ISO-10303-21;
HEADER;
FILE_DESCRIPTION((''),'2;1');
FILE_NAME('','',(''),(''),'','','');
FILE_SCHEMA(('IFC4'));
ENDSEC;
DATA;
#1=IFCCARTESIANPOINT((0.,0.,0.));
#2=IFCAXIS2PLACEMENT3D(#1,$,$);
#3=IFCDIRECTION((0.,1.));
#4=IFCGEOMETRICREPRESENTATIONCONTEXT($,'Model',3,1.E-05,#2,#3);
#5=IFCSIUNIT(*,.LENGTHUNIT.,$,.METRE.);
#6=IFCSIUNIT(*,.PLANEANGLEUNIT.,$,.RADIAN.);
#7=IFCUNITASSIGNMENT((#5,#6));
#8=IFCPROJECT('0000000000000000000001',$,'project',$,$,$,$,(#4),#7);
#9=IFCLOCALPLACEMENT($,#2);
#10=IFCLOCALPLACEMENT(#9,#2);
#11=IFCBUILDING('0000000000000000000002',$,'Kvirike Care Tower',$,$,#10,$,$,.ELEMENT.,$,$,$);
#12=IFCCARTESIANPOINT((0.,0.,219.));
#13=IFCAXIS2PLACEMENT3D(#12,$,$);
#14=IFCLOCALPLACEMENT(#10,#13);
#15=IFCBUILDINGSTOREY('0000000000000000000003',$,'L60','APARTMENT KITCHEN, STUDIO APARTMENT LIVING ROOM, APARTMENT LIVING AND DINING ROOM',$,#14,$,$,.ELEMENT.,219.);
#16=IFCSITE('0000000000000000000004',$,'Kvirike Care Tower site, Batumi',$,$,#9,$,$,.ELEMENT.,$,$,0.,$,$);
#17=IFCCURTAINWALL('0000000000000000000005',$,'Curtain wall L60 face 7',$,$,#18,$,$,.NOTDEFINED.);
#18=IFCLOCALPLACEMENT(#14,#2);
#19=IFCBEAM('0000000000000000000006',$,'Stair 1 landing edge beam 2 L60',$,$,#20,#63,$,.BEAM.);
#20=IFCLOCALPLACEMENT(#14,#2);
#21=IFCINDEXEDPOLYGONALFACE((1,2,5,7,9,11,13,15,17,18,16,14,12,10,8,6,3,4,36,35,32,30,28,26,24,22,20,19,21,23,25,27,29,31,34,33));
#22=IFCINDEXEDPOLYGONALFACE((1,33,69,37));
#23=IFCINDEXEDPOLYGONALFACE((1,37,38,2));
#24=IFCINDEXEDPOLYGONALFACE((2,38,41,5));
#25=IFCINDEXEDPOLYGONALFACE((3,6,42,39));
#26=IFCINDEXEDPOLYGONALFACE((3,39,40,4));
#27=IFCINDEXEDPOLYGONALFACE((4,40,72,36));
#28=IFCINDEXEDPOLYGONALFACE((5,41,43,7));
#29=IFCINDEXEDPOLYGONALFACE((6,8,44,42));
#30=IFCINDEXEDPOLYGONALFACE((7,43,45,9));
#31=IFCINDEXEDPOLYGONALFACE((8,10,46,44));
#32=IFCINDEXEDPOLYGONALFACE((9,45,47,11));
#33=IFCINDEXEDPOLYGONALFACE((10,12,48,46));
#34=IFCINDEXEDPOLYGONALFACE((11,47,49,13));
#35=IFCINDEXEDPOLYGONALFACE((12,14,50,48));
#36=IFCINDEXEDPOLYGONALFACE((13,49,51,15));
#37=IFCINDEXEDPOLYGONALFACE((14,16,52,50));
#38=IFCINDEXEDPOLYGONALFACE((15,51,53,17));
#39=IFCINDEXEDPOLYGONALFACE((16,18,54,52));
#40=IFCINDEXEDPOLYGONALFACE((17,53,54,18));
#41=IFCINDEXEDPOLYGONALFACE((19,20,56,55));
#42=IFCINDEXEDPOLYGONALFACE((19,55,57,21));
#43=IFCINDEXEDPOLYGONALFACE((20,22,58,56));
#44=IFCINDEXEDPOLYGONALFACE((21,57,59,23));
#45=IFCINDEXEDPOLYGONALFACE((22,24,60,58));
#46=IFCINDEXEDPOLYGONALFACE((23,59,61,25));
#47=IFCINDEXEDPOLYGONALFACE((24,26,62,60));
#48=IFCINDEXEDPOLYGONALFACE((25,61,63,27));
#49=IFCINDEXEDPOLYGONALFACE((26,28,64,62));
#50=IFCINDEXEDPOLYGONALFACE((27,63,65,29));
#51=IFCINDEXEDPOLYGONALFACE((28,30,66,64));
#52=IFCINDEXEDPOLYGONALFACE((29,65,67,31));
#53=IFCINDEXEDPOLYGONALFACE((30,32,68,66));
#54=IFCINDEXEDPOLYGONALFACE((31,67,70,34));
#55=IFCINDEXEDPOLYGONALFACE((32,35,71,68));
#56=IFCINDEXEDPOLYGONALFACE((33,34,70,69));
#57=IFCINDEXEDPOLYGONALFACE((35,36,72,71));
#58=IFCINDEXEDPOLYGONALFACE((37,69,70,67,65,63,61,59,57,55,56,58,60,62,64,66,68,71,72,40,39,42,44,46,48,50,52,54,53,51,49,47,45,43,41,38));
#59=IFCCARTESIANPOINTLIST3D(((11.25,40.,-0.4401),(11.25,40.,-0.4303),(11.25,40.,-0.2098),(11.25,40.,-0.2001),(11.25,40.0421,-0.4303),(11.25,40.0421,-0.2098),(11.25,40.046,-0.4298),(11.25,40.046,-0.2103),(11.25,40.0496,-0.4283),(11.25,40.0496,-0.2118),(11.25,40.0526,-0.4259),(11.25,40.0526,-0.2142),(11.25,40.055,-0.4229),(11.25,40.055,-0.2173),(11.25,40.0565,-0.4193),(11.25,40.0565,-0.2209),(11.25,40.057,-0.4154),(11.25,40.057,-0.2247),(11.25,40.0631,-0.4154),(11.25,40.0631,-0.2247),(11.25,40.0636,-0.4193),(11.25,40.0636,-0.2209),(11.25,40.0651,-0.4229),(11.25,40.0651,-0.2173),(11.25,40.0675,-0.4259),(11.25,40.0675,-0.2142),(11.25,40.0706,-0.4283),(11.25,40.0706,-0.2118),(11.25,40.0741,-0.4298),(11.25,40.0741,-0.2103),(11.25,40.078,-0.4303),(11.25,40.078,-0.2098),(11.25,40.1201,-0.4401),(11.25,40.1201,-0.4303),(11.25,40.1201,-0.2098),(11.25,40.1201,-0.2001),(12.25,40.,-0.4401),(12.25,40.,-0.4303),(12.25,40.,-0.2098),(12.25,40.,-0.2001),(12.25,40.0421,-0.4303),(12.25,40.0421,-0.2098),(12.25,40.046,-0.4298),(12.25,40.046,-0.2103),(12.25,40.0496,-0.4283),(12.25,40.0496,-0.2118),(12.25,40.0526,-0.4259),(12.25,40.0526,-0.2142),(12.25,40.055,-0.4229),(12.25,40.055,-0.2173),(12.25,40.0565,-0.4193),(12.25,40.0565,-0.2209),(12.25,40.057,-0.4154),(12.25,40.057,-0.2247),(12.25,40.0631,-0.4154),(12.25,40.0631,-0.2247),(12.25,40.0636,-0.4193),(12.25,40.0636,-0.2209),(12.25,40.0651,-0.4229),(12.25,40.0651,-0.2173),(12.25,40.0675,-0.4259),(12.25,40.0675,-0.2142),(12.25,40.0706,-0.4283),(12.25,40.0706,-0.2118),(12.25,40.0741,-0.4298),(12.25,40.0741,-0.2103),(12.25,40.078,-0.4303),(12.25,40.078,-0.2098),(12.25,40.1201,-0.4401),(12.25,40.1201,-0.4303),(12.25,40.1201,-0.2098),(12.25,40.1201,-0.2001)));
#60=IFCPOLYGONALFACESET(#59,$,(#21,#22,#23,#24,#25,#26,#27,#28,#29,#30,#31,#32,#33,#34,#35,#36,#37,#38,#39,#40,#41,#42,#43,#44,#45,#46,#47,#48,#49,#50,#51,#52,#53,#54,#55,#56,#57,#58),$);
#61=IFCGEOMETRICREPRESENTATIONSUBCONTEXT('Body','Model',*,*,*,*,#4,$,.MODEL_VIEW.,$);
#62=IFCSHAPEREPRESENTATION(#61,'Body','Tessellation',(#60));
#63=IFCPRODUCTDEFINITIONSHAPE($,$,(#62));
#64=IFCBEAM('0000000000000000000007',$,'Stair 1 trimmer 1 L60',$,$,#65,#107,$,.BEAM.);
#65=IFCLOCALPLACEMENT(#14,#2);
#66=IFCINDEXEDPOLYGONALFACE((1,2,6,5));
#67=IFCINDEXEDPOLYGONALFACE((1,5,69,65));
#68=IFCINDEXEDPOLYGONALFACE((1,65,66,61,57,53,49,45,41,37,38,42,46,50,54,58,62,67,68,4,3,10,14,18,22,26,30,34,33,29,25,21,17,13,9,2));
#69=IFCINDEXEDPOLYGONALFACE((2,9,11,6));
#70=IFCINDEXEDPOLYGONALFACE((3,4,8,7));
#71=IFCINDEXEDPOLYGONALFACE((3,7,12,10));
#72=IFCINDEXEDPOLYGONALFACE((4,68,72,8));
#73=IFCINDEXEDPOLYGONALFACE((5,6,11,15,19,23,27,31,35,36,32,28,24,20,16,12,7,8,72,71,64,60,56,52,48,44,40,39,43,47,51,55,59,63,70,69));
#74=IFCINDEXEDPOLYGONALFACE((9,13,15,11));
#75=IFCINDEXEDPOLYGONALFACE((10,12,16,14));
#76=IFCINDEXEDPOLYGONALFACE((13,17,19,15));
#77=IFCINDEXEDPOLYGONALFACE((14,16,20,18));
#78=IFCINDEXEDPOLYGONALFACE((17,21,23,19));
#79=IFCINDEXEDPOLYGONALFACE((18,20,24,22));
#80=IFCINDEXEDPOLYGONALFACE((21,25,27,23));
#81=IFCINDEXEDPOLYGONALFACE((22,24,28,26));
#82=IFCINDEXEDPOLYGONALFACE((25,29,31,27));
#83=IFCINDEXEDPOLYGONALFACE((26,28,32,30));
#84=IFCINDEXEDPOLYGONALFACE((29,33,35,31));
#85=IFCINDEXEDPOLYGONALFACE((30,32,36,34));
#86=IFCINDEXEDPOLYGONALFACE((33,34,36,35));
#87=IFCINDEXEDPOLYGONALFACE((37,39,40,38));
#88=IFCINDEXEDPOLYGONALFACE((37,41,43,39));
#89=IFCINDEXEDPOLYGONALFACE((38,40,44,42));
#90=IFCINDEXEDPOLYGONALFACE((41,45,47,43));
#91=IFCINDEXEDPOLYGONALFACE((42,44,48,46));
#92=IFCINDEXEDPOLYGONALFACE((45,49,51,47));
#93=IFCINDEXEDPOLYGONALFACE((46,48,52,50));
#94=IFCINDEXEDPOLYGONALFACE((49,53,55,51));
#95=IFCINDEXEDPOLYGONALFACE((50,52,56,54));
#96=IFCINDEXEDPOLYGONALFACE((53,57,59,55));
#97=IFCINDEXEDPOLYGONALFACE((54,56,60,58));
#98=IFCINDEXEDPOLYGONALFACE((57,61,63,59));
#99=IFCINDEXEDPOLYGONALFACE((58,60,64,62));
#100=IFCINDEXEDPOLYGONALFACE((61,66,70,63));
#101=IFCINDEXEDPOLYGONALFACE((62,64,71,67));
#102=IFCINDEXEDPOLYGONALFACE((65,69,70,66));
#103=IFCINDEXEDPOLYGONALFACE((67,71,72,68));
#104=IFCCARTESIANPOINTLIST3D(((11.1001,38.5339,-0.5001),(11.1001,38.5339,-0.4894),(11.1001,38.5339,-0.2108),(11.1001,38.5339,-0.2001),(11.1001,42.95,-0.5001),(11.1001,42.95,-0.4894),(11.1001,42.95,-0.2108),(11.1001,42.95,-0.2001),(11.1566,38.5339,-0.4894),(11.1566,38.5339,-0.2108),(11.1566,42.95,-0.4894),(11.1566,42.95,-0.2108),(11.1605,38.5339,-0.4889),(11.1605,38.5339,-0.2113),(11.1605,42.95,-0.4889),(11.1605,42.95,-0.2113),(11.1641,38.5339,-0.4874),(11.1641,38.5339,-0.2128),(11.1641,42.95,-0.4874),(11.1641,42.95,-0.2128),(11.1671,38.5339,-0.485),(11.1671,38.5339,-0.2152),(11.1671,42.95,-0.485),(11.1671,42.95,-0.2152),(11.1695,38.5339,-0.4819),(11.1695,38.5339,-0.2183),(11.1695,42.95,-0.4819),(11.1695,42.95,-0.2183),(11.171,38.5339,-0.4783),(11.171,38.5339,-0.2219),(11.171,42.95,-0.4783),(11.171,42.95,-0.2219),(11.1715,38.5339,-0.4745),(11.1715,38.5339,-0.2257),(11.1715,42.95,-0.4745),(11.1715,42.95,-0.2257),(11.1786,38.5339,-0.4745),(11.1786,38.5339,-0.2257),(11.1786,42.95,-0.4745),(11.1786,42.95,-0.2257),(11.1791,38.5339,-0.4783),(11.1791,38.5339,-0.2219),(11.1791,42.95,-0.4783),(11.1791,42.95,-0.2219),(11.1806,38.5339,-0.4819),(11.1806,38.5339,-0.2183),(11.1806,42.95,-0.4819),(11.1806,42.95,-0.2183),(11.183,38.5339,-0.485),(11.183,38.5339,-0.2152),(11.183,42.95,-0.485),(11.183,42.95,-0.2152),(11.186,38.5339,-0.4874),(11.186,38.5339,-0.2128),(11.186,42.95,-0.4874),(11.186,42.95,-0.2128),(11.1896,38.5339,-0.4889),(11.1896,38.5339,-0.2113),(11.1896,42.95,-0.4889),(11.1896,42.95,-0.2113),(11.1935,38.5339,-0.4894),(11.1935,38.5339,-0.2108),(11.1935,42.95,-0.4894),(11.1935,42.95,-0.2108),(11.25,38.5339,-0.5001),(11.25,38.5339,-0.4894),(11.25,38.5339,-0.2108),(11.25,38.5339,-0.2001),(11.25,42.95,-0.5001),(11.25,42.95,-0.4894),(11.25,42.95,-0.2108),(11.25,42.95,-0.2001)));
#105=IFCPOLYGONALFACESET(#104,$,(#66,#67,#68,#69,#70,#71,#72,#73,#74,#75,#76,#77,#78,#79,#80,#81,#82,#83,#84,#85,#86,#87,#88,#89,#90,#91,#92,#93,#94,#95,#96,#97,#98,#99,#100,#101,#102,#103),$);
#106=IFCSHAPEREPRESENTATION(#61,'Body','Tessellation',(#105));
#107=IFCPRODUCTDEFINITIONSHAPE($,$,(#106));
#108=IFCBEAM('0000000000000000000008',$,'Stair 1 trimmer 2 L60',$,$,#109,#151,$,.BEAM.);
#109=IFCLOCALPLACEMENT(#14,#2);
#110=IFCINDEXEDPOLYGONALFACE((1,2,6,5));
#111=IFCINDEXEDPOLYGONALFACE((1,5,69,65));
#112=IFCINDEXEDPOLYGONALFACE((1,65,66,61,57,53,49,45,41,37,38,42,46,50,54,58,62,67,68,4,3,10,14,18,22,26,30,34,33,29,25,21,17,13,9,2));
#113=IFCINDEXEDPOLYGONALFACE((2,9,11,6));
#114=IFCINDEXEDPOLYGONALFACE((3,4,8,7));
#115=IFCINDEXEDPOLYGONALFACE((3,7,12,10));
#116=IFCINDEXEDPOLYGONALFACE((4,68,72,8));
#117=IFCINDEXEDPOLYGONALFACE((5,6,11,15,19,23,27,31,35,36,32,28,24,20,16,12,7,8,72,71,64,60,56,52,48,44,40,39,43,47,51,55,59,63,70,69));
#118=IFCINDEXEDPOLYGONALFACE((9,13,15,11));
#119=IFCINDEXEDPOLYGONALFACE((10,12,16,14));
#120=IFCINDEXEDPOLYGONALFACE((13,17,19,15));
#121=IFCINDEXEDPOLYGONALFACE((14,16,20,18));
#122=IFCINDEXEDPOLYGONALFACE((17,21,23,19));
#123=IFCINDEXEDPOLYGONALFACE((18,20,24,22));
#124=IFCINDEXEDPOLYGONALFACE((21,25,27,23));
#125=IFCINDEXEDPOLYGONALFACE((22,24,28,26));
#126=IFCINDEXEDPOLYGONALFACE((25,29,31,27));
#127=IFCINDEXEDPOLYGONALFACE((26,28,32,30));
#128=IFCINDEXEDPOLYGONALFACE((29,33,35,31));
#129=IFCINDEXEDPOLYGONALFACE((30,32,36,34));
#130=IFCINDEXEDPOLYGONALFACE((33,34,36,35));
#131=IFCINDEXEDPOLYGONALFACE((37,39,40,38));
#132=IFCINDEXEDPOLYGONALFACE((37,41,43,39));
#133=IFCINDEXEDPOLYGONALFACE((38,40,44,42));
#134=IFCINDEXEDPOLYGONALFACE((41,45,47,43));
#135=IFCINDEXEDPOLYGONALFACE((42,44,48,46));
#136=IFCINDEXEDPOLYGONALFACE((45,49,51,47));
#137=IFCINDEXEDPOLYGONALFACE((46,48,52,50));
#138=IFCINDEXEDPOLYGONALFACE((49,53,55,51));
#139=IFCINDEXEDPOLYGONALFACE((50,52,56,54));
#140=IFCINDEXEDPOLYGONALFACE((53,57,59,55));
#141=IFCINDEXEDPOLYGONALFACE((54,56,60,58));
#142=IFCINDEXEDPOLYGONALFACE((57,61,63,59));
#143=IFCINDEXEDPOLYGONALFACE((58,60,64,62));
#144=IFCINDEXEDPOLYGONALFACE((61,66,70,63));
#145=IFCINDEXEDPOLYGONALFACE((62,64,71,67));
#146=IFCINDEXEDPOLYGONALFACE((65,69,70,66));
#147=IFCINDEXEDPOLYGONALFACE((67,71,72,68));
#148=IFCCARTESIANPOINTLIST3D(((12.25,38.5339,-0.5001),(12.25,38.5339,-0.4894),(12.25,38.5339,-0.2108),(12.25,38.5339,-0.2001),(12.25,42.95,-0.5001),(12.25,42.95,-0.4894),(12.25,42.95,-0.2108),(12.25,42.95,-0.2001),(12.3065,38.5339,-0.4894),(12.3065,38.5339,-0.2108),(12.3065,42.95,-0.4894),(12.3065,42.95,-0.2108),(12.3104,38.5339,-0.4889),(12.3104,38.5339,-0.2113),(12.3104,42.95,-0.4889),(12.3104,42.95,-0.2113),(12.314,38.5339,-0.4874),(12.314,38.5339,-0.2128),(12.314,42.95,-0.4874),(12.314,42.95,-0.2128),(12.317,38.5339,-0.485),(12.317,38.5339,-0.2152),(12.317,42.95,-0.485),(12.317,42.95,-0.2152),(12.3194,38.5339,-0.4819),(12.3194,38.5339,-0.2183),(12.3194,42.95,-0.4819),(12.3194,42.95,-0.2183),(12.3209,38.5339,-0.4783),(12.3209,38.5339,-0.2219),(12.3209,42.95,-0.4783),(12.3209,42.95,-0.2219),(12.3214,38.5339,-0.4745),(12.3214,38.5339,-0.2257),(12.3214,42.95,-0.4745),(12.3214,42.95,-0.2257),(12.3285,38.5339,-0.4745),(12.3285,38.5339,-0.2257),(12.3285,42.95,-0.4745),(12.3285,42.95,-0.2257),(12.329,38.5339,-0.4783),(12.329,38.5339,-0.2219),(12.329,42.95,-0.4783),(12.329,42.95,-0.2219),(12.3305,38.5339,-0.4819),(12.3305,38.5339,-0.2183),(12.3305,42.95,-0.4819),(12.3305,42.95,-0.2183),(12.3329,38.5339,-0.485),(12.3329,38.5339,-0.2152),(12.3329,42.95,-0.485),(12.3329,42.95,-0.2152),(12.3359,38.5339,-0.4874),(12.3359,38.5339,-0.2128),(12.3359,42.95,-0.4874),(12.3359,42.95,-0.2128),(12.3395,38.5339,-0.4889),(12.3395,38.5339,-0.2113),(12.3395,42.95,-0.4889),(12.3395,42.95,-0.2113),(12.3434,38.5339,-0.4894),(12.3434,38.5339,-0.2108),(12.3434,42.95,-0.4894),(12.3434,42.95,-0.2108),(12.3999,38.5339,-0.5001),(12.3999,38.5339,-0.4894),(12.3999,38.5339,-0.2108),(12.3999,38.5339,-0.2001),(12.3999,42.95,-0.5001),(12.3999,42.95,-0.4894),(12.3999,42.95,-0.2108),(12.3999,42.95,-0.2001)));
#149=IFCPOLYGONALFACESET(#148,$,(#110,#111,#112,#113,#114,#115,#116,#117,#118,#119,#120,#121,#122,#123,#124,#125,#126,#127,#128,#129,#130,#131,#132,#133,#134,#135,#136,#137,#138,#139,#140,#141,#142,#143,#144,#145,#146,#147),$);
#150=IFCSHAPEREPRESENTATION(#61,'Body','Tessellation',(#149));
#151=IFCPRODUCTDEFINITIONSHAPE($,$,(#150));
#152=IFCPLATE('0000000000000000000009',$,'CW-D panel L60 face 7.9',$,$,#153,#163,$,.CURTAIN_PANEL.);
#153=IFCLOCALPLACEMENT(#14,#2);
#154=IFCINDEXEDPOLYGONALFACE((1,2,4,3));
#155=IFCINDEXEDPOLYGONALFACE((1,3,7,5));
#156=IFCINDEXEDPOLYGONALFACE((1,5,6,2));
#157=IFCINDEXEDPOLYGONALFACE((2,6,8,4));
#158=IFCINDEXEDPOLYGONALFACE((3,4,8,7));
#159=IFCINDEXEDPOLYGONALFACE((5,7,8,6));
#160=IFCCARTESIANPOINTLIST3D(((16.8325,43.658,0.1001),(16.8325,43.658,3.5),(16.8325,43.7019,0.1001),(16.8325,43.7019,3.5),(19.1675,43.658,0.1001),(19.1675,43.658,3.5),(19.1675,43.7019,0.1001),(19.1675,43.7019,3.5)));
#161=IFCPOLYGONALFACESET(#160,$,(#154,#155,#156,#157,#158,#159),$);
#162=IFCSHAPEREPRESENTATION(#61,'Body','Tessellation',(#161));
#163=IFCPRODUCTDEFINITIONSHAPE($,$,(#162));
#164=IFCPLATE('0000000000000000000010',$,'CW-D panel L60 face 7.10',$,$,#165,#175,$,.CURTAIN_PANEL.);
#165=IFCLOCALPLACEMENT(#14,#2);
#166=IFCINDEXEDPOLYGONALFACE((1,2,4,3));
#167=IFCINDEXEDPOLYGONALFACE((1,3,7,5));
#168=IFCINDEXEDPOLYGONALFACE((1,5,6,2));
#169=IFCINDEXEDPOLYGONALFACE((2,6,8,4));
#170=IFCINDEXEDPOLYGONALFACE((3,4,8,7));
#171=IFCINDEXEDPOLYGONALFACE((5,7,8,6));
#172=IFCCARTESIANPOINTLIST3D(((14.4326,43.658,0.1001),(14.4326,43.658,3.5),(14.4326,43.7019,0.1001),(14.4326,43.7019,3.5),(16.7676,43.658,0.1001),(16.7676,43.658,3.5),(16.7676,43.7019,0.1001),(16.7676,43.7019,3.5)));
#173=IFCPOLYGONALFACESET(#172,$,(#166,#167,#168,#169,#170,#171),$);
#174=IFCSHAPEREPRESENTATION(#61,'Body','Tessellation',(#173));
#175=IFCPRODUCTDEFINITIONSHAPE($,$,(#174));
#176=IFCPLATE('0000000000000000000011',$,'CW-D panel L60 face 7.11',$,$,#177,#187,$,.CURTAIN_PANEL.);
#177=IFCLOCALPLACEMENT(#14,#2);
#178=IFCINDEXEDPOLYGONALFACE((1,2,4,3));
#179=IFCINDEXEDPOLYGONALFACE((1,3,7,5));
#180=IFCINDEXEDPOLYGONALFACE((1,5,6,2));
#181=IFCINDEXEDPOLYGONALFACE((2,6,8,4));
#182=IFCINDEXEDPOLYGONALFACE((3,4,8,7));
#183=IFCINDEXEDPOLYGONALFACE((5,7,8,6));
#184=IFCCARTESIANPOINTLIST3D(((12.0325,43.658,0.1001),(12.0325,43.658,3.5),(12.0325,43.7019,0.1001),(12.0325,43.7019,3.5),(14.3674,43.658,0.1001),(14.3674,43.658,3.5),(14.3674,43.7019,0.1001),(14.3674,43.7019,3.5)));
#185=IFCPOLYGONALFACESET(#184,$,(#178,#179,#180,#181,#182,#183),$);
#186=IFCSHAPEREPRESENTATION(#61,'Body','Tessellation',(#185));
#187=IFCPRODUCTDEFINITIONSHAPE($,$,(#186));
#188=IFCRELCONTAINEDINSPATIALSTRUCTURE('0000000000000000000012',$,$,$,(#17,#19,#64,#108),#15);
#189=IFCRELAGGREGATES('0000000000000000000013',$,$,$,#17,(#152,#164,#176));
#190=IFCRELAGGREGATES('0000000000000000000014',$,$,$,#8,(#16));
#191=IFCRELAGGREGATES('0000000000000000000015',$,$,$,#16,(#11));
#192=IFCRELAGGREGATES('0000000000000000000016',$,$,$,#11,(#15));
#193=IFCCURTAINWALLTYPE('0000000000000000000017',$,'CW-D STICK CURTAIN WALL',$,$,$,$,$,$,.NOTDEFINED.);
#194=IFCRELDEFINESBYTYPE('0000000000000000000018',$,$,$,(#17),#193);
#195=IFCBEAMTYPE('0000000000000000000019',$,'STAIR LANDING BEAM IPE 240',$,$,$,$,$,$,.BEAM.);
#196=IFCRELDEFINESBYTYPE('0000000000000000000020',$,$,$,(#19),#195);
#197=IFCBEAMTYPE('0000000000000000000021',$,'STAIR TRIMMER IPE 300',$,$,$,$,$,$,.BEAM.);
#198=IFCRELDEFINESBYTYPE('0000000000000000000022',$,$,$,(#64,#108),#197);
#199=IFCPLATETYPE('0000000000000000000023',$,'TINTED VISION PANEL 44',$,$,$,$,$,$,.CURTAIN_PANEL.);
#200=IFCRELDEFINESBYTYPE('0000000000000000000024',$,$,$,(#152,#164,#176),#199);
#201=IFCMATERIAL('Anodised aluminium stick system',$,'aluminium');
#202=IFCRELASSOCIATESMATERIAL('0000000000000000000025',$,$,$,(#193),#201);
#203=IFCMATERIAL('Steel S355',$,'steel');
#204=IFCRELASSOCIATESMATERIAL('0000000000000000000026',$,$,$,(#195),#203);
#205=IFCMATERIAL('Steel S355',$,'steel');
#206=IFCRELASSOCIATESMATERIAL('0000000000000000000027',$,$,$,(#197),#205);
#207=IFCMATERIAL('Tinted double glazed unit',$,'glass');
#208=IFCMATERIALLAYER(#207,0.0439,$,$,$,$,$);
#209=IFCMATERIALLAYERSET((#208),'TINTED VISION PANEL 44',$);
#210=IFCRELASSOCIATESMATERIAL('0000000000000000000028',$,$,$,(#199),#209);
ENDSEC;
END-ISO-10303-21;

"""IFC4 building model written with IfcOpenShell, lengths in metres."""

from ifc_helpers import new_model, si_unit, direction, frame, origin, origin_2d, place, context, subcontext, project, spatial, rectangle, i_section, extrude, material, layer, layer_set, material_profile, profile_set, type_object, element, aggregate, save


model = new_model("IFC4")

# Units and contexts
model_context = context("Model", 3, precision=1e-05, world=origin(), true_north=direction((0.0, 1.0)))
body_context = subcontext(model_context, "Body", "Model", "MODEL_VIEW")
ifc_project = project(units=[si_unit("LENGTHUNIT", "METRE"), si_unit("PLANEANGLEUNIT", "RADIAN")], contexts=[model_context])

# Site, building, storey
site_placement = place(None, origin())
site = spatial("IfcSite", under=ifc_project, at=site_placement, Name="Kvirike Care Tower site, Batumi", CompositionType="ELEMENT", RefElevation=0.0)
building_placement = place(site_placement, origin())
building = spatial("IfcBuilding", under=site, at=building_placement, Name="Kvirike Care Tower", CompositionType="ELEMENT")
storey_placement = place(building_placement, frame((0.0, 0.0, 219.0)))
storey = spatial("IfcBuildingStorey", under=building, at=storey_placement, Name="L60", Description="APARTMENT KITCHEN, STUDIO APARTMENT LIVING ROOM, APARTMENT LIVING AND DINING ROOM", CompositionType="ELEMENT", Elevation=219.0)

# Curtain wall
ifc_material_1 = material(Name="Anodised aluminium stick system", Category="aluminium")
curtain_wall_type = type_object("IfcCurtainWallType", Name="CW-D STICK CURTAIN WALL", PredefinedType="NOTDEFINED", material=ifc_material_1)
curtain_wall_placement = place(storey_placement, origin())
curtain_wall = element("IfcCurtainWall", 1, at=curtain_wall_placement, inside=storey, type_object=curtain_wall_type, Name="Curtain wall L60 face 7", PredefinedType="NOTDEFINED")

# Beams
ifc_material_2 = material(Name="Steel S355", Category="steel")
ifc_material_profile_1 = material_profile(ifc_material_2, i_section(OverallWidth=0.1201, OverallDepth=0.24, WebThickness=0.0061, FlangeThickness=0.0098, FilletRadius=0.0149, at=origin_2d()), Name="IPE 240")
ifc_profile_set_1 = profile_set([ifc_material_profile_1], Name="Steel S355")
beam_type_1 = type_object("IfcBeamType", Name="STAIR LANDING BEAM IPE 240", PredefinedType="BEAM", material=ifc_profile_set_1)
for number, where, z_axis, x_axis, name in (
    (2, (11.25, 40.0601, -0.3201), (1.0, 0.0, 0.0), (0.0, 1.0, 0.0), "Stair 1 landing edge beam 2 L60"),
):
    element("IfcBeam", number, at=place(storey_placement, frame(where, z_axis=z_axis, x_axis=x_axis)), inside=storey, type_object=beam_type_1, Name=name, PredefinedType="BEAM", context=body_context, shape_type="SweptSolid", body=[
        extrude(i_section(OverallWidth=0.1201, OverallDepth=0.24, WebThickness=0.0061, FlangeThickness=0.0098, FilletRadius=0.0149, at=origin_2d()), origin(), (0.0, 0.0, 1.0), 1.0),
    ])
ifc_material_3 = material(Name="Steel S355", Category="steel")
ifc_material_profile_2 = material_profile(ifc_material_3, i_section(OverallWidth=0.1499, OverallDepth=0.3, WebThickness=0.0071, FlangeThickness=0.0107, FilletRadius=0.0149, at=origin_2d()), Name="IPE 300")
ifc_profile_set_2 = profile_set([ifc_material_profile_2], Name="Steel S355")
beam_type_2 = type_object("IfcBeamType", Name="STAIR TRIMMER IPE 300", PredefinedType="BEAM", material=ifc_profile_set_2)
for number, where, z_axis, x_axis, name in (
    (3, (11.175, 42.95, -0.3501), (0.0, -1.0, 0.0), (1.0, 0.0, 0.0), "Stair 1 trimmer 1 L60"),
    (4, (12.325, 42.95, -0.3501), (0.0, -1.0, 0.0), (1.0, 0.0, 0.0), "Stair 1 trimmer 2 L60"),
):
    element("IfcBeam", number, at=place(storey_placement, frame(where, z_axis=z_axis, x_axis=x_axis)), inside=storey, type_object=beam_type_2, Name=name, PredefinedType="BEAM", context=body_context, shape_type="SweptSolid", body=[
        extrude(i_section(OverallWidth=0.1499, OverallDepth=0.3, WebThickness=0.0071, FlangeThickness=0.0107, FilletRadius=0.0149, at=origin_2d()), origin(), (0.0, 0.0, 1.0), 4.416),
    ])

# Plates
ifc_material_4 = material(Name="Tinted double glazed unit", Category="glass")
ifc_layer_1 = layer(ifc_material_4, 0.0439)
ifc_layer_set_1 = layer_set([ifc_layer_1], Name="TINTED VISION PANEL 44")
plate_type = type_object("IfcPlateType", Name="TINTED VISION PANEL 44", PredefinedType="CURTAIN_PANEL", material=ifc_layer_set_1)
plate_1_placement = place(storey_placement, frame((18.0, 43.6799, 0.1001), z_axis=(0.0, 0.0, 1.0), x_axis=(-1.0, 0.0, 0.0)))
plate_1 = element("IfcPlate", 5, at=plate_1_placement, type_object=plate_type, Name="CW-D panel L60 face 7.9", PredefinedType="CURTAIN_PANEL", context=body_context, shape_type="SweptSolid", body=[
    extrude(rectangle(XDim=2.335, YDim=0.0439, at=origin_2d()), origin(), (0.0, 0.0, 1.0), 3.3999),
])
plate_2_placement = place(storey_placement, frame((15.6001, 43.6799, 0.1001), z_axis=(0.0, 0.0, 1.0), x_axis=(-1.0, 0.0, 0.0)))
plate_2 = element("IfcPlate", 6, at=plate_2_placement, type_object=plate_type, Name="CW-D panel L60 face 7.10", PredefinedType="CURTAIN_PANEL", context=body_context, shape_type="SweptSolid", body=[
    extrude(rectangle(XDim=2.335, YDim=0.0439, at=origin_2d()), origin(), (0.0, 0.0, 1.0), 3.3999),
])
plate_3_placement = place(storey_placement, frame((13.2, 43.6799, 0.1001), z_axis=(0.0, 0.0, 1.0), x_axis=(-1.0, 0.0, 0.0)))
plate_3 = element("IfcPlate", 7, at=plate_3_placement, type_object=plate_type, Name="CW-D panel L60 face 7.11", PredefinedType="CURTAIN_PANEL", context=body_context, shape_type="SweptSolid", body=[
    extrude(rectangle(XDim=2.335, YDim=0.0439, at=origin_2d()), origin(), (0.0, 0.0, 1.0), 3.3999),
])
aggregate(curtain_wall, [plate_1, plate_2, plate_3])

save(model, "model.ifc")
